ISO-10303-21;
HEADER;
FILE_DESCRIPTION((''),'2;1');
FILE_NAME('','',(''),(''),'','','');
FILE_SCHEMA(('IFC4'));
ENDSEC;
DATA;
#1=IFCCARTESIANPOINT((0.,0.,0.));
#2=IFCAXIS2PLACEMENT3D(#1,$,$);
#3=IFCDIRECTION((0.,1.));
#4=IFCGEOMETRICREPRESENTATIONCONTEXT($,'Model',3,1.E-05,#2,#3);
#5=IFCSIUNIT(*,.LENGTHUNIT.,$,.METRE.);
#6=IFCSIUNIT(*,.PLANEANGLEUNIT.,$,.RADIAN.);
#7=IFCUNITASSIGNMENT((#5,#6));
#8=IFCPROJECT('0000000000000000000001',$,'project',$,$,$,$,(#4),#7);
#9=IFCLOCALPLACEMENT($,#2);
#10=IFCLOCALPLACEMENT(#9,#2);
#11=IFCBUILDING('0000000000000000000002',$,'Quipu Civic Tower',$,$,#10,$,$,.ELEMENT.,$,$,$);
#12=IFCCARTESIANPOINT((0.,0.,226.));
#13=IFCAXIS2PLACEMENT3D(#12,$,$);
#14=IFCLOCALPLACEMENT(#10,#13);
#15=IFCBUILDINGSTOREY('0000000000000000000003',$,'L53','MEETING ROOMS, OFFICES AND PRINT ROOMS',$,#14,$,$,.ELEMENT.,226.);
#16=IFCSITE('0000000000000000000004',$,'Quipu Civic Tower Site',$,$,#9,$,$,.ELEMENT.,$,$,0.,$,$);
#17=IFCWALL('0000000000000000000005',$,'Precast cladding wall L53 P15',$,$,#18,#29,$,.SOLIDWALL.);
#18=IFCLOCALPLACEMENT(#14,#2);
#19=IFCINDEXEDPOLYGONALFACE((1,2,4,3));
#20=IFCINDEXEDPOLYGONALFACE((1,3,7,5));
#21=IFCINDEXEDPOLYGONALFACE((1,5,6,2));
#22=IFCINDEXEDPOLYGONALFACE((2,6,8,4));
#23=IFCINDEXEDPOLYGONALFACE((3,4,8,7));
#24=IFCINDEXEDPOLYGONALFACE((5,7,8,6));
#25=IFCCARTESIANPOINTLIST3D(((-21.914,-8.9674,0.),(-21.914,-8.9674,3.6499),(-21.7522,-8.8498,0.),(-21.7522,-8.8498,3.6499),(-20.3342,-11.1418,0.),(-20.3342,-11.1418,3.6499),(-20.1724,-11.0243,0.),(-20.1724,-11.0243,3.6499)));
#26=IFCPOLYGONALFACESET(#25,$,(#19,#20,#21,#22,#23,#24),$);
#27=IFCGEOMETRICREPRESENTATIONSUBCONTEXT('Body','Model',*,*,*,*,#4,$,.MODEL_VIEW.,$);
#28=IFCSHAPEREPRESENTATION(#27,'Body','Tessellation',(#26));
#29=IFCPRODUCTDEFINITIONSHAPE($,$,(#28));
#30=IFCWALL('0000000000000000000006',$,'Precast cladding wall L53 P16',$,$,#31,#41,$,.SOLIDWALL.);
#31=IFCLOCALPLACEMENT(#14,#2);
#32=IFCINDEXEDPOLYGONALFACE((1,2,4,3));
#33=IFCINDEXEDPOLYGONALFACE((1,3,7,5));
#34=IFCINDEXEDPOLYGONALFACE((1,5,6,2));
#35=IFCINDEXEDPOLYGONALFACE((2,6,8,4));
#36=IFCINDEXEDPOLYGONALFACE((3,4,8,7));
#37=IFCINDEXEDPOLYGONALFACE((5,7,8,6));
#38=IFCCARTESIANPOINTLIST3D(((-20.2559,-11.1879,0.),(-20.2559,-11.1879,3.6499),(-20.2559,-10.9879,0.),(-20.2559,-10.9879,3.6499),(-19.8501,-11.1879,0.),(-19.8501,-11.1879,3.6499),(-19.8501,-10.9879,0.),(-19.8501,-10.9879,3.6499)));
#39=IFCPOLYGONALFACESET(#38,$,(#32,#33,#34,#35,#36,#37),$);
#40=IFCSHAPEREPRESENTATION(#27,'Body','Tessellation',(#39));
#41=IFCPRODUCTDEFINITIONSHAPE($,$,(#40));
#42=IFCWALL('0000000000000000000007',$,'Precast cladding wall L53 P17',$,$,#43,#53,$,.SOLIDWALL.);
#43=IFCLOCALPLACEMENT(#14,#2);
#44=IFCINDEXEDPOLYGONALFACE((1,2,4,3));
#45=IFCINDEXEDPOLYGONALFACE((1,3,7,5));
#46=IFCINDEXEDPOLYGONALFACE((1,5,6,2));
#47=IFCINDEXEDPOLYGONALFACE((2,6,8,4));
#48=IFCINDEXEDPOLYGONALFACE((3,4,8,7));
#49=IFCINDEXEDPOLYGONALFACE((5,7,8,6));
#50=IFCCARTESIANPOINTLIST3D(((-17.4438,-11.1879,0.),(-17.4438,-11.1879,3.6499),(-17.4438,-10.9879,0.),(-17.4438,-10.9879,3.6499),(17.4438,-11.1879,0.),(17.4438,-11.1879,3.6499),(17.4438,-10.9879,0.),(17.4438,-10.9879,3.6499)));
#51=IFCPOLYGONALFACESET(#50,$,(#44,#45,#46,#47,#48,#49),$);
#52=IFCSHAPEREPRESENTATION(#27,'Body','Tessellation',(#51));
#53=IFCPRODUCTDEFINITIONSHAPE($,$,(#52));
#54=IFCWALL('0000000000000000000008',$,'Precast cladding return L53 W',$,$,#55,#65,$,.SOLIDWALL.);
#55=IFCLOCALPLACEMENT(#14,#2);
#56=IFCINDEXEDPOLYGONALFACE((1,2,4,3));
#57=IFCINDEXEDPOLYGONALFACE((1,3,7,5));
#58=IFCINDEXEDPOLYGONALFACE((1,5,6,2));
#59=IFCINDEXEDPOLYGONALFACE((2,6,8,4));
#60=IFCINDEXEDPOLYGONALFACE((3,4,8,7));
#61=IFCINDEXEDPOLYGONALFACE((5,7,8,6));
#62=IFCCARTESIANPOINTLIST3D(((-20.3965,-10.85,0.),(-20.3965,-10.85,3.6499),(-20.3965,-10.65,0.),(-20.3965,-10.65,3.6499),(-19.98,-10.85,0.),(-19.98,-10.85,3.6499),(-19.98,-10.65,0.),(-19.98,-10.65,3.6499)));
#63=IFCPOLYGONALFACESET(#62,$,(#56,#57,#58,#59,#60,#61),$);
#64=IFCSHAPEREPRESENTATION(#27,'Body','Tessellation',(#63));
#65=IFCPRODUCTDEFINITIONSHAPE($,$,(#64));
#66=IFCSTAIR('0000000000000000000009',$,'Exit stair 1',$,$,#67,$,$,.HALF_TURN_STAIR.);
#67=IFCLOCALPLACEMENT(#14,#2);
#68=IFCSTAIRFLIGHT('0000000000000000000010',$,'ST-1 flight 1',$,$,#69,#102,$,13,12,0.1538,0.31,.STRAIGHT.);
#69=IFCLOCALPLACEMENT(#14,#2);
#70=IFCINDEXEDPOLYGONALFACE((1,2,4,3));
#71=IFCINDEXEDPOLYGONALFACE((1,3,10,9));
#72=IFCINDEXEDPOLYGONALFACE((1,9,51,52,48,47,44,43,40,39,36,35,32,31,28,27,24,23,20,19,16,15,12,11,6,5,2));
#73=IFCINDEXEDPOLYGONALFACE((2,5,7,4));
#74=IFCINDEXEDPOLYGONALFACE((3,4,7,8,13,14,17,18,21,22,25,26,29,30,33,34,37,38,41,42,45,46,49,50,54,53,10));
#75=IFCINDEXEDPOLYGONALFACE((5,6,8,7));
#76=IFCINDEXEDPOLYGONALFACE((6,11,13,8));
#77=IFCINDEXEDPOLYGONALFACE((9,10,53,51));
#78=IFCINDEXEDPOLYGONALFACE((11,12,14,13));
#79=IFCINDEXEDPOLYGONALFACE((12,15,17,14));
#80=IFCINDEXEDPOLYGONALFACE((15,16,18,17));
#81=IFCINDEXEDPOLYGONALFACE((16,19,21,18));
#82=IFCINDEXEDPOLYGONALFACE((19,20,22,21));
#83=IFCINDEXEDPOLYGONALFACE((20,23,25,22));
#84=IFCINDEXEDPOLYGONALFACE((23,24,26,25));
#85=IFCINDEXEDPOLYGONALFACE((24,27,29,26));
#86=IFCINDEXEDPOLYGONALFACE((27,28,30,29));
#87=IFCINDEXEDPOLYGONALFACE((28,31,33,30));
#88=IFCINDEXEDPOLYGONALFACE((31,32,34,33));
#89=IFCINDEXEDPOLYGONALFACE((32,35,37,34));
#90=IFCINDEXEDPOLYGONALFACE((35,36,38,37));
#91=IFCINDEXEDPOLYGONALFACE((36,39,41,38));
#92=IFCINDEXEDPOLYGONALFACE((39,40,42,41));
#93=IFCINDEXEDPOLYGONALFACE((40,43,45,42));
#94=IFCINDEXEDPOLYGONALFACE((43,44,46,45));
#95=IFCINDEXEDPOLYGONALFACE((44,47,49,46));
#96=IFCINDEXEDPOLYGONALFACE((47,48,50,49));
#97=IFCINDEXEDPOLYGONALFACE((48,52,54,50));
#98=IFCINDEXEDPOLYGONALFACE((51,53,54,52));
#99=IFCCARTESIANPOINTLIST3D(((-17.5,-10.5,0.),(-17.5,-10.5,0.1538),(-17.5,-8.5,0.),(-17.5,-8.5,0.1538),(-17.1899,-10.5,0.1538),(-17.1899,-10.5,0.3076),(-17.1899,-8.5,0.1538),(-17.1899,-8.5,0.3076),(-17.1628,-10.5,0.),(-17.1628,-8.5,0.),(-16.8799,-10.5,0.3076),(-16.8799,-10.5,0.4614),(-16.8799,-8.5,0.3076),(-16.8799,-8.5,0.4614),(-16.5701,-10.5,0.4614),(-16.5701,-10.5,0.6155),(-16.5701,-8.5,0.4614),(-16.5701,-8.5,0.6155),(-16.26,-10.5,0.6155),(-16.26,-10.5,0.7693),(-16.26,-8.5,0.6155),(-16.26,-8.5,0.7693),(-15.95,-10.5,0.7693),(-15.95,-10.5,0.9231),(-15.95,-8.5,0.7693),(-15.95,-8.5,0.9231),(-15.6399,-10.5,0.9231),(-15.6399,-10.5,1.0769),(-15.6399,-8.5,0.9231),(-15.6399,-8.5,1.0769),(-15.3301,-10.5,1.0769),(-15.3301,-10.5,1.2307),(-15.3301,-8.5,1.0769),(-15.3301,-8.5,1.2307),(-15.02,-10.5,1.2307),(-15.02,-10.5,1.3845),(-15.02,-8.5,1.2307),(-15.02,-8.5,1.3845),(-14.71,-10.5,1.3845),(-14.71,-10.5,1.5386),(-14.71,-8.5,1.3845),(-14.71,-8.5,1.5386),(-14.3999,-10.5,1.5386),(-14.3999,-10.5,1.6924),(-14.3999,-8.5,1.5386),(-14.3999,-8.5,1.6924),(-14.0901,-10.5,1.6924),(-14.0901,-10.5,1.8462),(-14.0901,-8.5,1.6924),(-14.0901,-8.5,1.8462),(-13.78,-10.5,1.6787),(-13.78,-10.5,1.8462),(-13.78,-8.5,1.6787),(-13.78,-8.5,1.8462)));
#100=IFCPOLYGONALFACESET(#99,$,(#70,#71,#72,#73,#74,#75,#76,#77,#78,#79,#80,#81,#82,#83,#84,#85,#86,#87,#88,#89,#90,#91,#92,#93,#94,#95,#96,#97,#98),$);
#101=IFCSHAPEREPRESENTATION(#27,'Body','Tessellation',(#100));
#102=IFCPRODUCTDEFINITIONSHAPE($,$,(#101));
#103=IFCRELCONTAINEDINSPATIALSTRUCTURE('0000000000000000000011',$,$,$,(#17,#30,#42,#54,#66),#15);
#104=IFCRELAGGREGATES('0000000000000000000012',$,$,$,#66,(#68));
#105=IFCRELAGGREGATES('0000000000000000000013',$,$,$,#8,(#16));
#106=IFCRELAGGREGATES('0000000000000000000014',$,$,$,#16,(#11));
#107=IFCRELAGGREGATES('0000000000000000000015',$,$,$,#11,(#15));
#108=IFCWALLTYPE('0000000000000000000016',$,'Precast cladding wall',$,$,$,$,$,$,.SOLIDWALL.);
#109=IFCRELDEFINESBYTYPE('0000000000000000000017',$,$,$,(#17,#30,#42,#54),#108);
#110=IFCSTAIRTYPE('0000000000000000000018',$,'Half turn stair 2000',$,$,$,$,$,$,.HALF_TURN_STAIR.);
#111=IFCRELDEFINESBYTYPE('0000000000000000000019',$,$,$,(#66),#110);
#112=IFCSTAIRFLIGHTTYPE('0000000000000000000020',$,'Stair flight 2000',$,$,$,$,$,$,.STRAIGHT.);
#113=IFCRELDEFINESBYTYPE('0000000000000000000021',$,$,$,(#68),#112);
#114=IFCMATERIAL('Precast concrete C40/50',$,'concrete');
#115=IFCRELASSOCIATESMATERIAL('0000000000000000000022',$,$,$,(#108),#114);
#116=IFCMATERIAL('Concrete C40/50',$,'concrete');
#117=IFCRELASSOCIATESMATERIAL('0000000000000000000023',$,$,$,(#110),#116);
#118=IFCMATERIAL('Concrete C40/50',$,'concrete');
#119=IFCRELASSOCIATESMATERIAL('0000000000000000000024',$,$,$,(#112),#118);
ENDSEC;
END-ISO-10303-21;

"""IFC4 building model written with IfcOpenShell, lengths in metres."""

from ifc_helpers import new_model, si_unit, direction, frame, frame_2d, origin, place, context, subcontext, project, spatial, polyline, rectangle, outline, extrude, material, type_object, element, aggregate, save


model = new_model("IFC4")

# Units and contexts
model_context = context("Model", 3, precision=1e-05, world=origin(), true_north=direction((0.0, 1.0)))
body_context = subcontext(model_context, "Body", "Model", "MODEL_VIEW")
ifc_project = project(units=[si_unit("LENGTHUNIT", "METRE"), si_unit("PLANEANGLEUNIT", "RADIAN")], contexts=[model_context])

# Site, building, storey
site_placement = place(None, origin())
site = spatial("IfcSite", under=ifc_project, at=site_placement, Name="Quipu Civic Tower Site", CompositionType="ELEMENT", RefElevation=0.0)
building_placement = place(site_placement, origin())
building = spatial("IfcBuilding", under=site, at=building_placement, Name="Quipu Civic Tower", CompositionType="ELEMENT")
storey_placement = place(building_placement, frame((0.0, 0.0, 226.0)))
storey = spatial("IfcBuildingStorey", under=building, at=storey_placement, Name="L53", Description="MEETING ROOMS, OFFICES AND PRINT ROOMS", CompositionType="ELEMENT", Elevation=226.0)

# Walls
ifc_material_1 = material(Name="Precast concrete C40/50", Category="concrete")
wall_type_1 = type_object("IfcWallType", Name="Precast cladding wall", PredefinedType="SOLIDWALL", material=ifc_material_1)
wall_1_placement = place(storey_placement, frame((-21.833, -8.9087, 0.0), z_axis=(0.0, 0.0, 1.0), x_axis=(0.587767, -0.809031, 0.0)))
element("IfcWall", 1, at=wall_1_placement, inside=storey, type_object=wall_type_1, Name="Precast cladding wall L53 P15", PredefinedType="SOLIDWALL", context=body_context, shape_type="SweptSolid", body=[
    extrude(rectangle(XDim=2.6877, YDim=0.2, at=frame_2d((1.3438, 0.0))), origin(), (0.0, 0.0, 1.0), 3.6499),
])
wall_2_placement = place(storey_placement, frame((-20.2559, -11.0879, 0.0), z_axis=(0.0, 0.0, 1.0), x_axis=(1.0, 0.0, 0.0)))
element("IfcWall", 2, at=wall_2_placement, inside=storey, type_object=wall_type_1, Name="Precast cladding wall L53 P16", PredefinedType="SOLIDWALL", context=body_context, shape_type="SweptSolid", body=[
    extrude(rectangle(XDim=0.4058, YDim=0.2, at=frame_2d((0.2029, 0.0))), origin(), (0.0, 0.0, 1.0), 3.6499),
])
wall_3_placement = place(storey_placement, frame((-17.4438, -11.0879, 0.0), z_axis=(0.0, 0.0, 1.0), x_axis=(1.0, 0.0, 0.0)))
element("IfcWall", 3, at=wall_3_placement, inside=storey, type_object=wall_type_1, Name="Precast cladding wall L53 P17", PredefinedType="SOLIDWALL", context=body_context, shape_type="SweptSolid", body=[
    extrude(rectangle(XDim=34.8877, YDim=0.2, at=frame_2d((17.4438, 0.0))), origin(), (0.0, 0.0, 1.0), 3.6499),
])
wall_4_placement = place(storey_placement, frame((-19.98, -10.75, 0.0), z_axis=(0.0, 0.0, 1.0), x_axis=(-1.0, 0.0, 0.0)))
element("IfcWall", 4, at=wall_4_placement, inside=storey, type_object=wall_type_1, Name="Precast cladding return L53 W", PredefinedType="SOLIDWALL", context=body_context, shape_type="SweptSolid", body=[
    extrude(rectangle(XDim=0.4165, YDim=0.2, at=frame_2d((0.2083, 0.0))), origin(), (0.0, 0.0, 1.0), 3.6499),
])

# Stair, stair flight
ifc_material_2 = material(Name="Concrete C40/50", Category="concrete")
stair_type = type_object("IfcStairType", Name="Half turn stair 2000", PredefinedType="HALF_TURN_STAIR", material=ifc_material_2)
stair_placement = place(storey_placement, origin())
stair = element("IfcStair", 5, at=stair_placement, inside=storey, type_object=stair_type, Name="Exit stair 1", PredefinedType="HALF_TURN_STAIR")
ifc_material_3 = material(Name="Concrete C40/50", Category="concrete")
stair_flight_type = type_object("IfcStairFlightType", Name="Stair flight 2000", PredefinedType="STRAIGHT", material=ifc_material_3)
stair_flight_placement = place(storey_placement, frame((-17.5, -9.5, 0.0), z_axis=(0.0, 0.0, 1.0), x_axis=(1.0, 0.0, 0.0)))
stair_flight = element("IfcStairFlight", 6, at=stair_flight_placement, type_object=stair_flight_type, Name="ST-1 flight 1", NumberOfRisers=13, NumberOfTreads=12, PredefinedType="STRAIGHT", RiserHeight=0.1538, TreadLength=0.31, context=body_context, shape_type="SweptSolid", body=[
    extrude(outline(polyline([(0.0, 0.0), (0.0, 0.1538), (0.3101, 0.1538), (0.3101, 0.3076), (0.6201, 0.3076), (0.6201, 0.4614), (0.9299, 0.4614), (0.9299, 0.6155), (1.24, 0.6155), (1.24, 0.7693), (1.55, 0.7693), (1.55, 0.9231), (1.8601, 0.9231), (1.8601, 1.0769), (2.1699, 1.0769), (2.1699, 1.2307), (2.48, 1.2307), (2.48, 1.3845), (2.79, 1.3845), (2.79, 1.5386), (3.1001, 1.5386), (3.1001, 1.6924), (3.4099, 1.6924), (3.4099, 1.8462), (3.72, 1.8462), (3.72, 2.0), (3.72, 1.6787), (0.3372, 0.0), (0.0, 0.0)])), frame((0.0, 1.0, 0.0), z_axis=(0.0, -1.0, 0.0), x_axis=(1.0, 0.0, 0.0)), (0.0, 0.0, 1.0), 2.0),
])
aggregate(stair, [stair_flight])

save(model, "model.ifc")
